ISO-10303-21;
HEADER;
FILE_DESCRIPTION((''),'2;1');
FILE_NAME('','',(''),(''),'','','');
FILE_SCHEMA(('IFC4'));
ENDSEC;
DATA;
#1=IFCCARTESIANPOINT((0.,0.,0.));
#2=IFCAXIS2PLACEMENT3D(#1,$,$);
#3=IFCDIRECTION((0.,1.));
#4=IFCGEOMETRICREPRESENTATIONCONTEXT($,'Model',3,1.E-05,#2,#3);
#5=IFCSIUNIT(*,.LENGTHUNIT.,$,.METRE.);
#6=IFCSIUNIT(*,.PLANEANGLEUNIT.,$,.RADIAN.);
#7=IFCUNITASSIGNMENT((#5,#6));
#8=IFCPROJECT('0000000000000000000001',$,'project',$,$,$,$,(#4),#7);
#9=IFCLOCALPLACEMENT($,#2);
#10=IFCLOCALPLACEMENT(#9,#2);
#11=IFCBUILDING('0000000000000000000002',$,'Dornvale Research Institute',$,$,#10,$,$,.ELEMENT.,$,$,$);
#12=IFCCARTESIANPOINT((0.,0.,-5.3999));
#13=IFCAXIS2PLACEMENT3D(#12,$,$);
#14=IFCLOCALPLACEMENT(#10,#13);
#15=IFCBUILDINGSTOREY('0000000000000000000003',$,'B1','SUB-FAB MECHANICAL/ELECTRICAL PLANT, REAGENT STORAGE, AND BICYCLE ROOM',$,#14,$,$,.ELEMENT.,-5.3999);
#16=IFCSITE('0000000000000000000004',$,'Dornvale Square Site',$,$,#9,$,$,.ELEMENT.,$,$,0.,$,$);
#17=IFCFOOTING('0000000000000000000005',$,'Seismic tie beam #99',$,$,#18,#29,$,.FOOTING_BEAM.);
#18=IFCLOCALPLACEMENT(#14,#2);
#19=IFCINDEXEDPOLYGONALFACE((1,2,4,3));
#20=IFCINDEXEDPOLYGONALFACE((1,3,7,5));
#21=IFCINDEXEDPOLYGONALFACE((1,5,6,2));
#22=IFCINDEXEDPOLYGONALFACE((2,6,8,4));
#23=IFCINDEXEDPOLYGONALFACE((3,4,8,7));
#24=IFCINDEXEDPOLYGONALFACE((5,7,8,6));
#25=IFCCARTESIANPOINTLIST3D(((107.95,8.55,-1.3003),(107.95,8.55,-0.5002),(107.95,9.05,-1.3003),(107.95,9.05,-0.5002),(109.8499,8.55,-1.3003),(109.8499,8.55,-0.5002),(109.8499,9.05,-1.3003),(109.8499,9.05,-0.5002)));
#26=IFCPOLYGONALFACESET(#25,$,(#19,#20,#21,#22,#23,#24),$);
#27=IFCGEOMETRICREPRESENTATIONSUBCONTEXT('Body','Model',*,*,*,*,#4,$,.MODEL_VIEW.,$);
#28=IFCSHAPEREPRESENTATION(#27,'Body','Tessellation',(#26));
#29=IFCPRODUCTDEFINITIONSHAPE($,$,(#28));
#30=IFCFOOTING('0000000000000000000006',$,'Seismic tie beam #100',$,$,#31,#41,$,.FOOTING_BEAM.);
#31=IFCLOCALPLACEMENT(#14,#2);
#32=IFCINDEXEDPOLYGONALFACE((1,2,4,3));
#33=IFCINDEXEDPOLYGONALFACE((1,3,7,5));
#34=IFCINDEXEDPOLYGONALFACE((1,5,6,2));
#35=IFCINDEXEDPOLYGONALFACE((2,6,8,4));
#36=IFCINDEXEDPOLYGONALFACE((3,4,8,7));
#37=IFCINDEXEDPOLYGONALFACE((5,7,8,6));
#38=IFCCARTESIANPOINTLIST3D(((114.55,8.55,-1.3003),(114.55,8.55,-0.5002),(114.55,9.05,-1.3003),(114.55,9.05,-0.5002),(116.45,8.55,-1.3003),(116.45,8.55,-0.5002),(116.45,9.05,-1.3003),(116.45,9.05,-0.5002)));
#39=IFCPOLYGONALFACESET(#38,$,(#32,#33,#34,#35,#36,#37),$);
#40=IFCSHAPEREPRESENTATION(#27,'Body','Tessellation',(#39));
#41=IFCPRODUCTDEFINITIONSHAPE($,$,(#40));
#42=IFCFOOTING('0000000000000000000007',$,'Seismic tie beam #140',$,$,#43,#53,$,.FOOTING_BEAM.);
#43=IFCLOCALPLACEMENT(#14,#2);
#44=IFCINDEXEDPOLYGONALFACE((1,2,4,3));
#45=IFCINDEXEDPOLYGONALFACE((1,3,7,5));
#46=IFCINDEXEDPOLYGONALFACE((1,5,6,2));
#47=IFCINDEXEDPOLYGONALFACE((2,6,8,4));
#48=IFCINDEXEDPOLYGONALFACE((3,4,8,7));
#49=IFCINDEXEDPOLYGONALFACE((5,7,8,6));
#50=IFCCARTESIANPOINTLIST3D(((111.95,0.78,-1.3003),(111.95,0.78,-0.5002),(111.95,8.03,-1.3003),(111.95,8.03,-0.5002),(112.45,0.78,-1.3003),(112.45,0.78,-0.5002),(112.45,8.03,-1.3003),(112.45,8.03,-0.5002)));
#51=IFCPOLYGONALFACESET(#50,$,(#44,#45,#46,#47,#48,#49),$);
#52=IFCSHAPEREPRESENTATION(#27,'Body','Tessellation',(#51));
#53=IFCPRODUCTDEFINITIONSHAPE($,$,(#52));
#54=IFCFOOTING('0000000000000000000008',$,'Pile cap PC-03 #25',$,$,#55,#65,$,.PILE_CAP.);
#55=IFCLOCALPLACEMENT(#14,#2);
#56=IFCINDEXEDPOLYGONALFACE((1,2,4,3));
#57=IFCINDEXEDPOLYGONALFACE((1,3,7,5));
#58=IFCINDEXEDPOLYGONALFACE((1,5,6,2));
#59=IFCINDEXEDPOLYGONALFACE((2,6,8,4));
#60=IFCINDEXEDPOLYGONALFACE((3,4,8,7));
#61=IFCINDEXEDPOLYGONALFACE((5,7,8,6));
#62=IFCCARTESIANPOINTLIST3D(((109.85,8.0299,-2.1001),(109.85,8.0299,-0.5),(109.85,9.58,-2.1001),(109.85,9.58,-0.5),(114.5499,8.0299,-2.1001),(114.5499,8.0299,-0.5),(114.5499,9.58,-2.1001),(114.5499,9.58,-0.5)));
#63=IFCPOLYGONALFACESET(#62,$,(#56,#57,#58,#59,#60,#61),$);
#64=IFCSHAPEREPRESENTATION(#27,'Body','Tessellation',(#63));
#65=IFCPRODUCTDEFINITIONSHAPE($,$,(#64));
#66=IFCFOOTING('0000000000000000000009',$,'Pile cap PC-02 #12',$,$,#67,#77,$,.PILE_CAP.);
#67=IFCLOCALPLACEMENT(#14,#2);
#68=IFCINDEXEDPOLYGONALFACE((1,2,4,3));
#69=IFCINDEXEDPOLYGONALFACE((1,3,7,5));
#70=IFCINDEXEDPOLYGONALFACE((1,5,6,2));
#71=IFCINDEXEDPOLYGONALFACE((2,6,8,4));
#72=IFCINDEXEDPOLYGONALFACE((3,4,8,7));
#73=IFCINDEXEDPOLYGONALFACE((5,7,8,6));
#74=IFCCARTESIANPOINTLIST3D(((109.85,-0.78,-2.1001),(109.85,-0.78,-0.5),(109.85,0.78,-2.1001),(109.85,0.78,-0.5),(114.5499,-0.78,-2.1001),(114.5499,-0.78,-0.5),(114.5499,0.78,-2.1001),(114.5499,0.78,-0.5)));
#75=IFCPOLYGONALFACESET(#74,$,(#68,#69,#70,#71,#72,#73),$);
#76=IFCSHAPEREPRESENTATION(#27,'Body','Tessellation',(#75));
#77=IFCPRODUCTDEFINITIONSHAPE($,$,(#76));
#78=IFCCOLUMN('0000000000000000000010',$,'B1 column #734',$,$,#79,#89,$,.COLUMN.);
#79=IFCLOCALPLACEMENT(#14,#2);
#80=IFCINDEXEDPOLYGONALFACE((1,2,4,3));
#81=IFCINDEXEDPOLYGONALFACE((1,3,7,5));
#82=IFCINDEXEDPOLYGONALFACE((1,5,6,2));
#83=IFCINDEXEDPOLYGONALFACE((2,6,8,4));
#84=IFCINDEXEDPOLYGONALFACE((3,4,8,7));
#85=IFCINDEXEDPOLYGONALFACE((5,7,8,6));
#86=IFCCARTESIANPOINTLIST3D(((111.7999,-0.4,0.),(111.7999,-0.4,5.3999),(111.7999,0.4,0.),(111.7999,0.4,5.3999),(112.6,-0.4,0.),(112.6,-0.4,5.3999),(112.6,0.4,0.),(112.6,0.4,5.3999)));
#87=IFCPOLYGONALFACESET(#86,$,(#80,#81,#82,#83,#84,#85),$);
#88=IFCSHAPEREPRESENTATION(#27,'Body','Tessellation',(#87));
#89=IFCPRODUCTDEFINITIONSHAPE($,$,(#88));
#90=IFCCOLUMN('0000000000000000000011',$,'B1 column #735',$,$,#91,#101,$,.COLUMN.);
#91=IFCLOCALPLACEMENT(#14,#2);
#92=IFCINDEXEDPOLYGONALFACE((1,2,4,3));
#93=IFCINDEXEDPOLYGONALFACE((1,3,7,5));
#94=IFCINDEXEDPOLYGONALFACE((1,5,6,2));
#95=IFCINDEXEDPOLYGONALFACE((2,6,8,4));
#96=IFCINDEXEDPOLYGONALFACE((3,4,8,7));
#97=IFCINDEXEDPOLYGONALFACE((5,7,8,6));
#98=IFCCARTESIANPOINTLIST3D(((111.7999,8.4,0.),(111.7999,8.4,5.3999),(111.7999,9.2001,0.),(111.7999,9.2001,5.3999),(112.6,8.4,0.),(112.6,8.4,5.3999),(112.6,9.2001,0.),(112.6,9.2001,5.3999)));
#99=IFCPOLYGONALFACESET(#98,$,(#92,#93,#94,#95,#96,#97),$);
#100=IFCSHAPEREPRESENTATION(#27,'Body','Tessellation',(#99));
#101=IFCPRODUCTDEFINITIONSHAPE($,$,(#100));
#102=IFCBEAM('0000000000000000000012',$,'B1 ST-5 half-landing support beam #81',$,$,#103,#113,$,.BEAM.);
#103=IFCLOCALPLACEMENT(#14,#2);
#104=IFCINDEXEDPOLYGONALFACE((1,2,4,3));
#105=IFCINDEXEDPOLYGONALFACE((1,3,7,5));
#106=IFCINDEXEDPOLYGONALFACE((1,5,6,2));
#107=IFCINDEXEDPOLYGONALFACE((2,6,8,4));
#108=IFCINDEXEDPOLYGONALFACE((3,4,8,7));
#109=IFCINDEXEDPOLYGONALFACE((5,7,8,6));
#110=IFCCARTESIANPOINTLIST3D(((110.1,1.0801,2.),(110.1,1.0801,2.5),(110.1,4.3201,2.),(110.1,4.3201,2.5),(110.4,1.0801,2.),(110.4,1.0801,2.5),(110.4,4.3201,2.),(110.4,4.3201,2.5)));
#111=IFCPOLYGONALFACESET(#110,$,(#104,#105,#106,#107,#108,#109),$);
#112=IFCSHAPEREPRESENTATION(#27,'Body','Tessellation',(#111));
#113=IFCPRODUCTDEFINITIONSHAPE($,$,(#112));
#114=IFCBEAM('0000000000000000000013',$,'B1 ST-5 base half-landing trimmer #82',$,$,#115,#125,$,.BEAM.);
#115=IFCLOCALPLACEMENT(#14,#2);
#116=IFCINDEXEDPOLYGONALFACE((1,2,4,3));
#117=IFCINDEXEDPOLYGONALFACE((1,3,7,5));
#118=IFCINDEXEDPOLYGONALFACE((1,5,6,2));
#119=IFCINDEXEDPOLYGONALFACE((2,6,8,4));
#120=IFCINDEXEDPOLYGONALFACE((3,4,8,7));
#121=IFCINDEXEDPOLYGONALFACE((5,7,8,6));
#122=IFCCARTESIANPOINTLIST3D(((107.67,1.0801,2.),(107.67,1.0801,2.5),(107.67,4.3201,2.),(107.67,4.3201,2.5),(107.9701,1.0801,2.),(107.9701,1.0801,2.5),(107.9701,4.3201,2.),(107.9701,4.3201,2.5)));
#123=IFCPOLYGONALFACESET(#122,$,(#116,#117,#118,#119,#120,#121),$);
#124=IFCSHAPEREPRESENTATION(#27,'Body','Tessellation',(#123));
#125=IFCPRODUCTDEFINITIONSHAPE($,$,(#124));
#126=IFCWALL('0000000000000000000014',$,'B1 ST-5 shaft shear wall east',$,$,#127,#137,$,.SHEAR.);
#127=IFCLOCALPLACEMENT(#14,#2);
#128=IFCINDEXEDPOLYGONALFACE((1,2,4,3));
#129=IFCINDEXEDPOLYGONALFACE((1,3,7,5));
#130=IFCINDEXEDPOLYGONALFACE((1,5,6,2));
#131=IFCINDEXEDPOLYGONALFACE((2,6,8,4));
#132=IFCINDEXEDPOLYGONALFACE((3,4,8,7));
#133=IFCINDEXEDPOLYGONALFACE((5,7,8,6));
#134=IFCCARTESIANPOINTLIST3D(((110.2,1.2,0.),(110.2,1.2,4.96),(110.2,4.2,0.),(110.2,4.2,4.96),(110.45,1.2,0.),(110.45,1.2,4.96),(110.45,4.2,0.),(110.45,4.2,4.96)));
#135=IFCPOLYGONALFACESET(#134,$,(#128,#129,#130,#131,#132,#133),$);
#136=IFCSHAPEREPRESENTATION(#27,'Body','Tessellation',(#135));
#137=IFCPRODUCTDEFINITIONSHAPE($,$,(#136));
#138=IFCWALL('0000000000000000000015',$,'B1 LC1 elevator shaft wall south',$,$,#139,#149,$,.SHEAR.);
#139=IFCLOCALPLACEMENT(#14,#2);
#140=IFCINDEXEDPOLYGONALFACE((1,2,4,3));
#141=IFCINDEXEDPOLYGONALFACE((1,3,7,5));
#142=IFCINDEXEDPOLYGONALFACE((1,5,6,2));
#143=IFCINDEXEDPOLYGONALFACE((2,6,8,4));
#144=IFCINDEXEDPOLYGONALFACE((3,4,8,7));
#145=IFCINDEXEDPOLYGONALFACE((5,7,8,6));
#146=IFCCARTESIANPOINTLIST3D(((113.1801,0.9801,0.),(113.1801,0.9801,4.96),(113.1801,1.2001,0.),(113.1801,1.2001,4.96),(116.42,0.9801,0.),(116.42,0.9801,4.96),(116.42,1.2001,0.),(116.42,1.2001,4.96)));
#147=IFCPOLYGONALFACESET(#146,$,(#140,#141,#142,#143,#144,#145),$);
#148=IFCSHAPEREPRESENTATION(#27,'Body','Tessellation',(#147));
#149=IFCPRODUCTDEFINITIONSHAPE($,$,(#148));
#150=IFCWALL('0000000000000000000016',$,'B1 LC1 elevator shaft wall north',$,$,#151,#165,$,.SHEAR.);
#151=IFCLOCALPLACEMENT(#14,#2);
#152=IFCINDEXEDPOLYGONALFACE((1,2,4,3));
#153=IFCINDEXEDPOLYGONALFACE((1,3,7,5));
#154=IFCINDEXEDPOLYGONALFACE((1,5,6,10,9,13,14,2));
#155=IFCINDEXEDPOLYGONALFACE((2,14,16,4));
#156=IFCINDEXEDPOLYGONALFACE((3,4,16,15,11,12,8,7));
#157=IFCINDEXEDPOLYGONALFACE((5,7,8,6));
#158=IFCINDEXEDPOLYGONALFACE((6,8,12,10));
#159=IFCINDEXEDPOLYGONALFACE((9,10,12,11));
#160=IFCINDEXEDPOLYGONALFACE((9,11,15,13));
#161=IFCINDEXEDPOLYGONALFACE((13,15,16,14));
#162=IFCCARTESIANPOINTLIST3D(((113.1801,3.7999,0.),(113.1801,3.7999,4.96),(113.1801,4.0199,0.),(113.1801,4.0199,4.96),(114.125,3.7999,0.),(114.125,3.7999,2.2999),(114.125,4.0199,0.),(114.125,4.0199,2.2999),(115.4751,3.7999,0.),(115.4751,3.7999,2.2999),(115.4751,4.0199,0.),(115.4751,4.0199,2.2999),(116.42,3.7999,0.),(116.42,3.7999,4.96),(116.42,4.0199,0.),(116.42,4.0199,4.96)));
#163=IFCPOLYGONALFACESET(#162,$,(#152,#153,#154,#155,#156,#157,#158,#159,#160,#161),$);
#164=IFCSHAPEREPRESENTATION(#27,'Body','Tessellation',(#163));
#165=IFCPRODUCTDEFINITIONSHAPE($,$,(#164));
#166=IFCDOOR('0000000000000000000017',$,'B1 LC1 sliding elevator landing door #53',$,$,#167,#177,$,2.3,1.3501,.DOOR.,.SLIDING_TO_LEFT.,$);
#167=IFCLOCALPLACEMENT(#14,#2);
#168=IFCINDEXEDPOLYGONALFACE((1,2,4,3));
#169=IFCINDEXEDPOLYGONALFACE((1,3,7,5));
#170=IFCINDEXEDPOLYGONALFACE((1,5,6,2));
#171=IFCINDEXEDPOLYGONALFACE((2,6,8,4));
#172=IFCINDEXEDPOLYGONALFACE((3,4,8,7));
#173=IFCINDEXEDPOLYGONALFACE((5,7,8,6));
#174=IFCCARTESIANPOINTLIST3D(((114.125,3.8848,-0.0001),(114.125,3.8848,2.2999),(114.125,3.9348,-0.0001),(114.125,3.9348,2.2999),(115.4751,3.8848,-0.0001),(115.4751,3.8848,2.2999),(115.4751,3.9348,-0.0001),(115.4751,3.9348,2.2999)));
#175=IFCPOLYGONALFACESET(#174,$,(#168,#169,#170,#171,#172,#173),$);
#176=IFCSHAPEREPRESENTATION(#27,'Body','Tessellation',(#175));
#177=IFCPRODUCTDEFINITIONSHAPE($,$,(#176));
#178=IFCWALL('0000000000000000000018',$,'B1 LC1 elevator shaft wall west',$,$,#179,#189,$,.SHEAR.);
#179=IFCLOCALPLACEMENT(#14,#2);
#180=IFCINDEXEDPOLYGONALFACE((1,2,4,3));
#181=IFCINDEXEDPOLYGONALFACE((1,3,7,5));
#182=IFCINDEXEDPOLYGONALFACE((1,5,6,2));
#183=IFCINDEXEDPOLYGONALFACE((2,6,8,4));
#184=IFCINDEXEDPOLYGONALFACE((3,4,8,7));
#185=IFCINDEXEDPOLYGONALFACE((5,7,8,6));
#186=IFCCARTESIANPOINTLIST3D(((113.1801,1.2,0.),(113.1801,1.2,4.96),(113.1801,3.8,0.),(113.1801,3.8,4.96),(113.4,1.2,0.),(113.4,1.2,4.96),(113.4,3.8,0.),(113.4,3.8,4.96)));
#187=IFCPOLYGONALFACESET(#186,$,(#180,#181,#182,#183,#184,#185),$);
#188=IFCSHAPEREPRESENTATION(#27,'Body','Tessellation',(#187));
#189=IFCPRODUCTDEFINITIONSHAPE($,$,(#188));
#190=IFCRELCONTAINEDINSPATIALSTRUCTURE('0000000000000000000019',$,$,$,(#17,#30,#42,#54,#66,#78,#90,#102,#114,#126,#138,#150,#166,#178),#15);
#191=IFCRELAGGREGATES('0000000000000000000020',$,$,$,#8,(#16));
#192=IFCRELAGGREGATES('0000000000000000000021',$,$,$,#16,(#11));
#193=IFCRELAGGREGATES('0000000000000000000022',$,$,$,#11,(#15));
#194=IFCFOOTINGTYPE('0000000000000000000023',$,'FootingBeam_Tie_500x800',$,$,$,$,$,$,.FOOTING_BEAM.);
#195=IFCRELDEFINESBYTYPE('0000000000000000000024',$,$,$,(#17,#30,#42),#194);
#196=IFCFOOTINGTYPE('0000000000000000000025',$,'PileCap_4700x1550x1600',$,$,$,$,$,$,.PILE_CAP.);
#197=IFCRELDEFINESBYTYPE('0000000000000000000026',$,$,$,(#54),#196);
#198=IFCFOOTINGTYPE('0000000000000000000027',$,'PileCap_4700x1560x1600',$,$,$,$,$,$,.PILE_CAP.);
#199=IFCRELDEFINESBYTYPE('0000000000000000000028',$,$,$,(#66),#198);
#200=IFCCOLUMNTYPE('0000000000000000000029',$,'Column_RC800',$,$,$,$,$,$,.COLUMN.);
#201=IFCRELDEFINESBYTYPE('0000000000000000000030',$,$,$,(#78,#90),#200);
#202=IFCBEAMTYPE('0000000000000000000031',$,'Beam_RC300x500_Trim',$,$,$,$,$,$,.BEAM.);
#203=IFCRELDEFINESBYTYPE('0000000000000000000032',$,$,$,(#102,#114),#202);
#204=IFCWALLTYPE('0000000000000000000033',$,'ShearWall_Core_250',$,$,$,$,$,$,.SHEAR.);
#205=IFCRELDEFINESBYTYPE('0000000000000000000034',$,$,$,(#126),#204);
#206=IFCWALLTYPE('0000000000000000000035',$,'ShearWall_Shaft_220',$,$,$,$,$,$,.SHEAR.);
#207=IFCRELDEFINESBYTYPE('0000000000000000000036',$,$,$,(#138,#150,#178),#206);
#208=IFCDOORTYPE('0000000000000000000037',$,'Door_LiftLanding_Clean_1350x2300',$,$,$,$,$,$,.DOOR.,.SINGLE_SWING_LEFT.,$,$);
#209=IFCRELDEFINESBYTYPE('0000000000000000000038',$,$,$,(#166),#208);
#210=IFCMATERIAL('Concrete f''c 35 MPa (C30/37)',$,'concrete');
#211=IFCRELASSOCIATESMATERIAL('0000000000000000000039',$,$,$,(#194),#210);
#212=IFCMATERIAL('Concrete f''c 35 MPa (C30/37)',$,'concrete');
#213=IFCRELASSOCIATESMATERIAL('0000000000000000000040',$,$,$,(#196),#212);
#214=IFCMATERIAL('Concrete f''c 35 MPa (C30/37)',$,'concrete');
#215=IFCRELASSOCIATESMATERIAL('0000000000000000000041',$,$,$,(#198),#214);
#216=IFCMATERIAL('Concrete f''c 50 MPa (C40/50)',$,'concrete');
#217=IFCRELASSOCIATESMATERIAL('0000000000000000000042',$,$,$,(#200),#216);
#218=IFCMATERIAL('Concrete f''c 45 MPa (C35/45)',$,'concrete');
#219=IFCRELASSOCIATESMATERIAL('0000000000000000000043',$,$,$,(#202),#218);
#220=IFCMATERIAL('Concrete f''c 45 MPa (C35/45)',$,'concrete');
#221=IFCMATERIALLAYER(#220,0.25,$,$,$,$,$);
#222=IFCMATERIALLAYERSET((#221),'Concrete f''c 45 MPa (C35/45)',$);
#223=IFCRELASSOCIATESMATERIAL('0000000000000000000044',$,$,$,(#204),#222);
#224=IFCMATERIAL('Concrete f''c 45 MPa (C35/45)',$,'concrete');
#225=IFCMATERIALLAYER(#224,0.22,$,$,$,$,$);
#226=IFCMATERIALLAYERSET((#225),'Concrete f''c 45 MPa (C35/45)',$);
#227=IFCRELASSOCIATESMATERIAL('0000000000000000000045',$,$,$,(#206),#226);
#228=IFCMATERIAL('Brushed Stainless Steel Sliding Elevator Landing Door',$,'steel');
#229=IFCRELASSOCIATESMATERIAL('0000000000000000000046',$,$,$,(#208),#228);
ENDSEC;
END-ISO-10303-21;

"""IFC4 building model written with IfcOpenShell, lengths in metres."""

from ifc_helpers import new_model, si_unit, direction, frame, frame_2d, origin, origin_2d, place, context, subcontext, project, spatial, rectangle, extrude, material, layer, layer_set, material_profile, profile_set, type_object, element, fill, save


model = new_model("IFC4")

# Units and contexts
model_context = context("Model", 3, precision=1e-05, world=origin(), true_north=direction((0.0, 1.0)))
body_context = subcontext(model_context, "Body", "Model", "MODEL_VIEW")
ifc_project = project(units=[si_unit("LENGTHUNIT", "METRE"), si_unit("PLANEANGLEUNIT", "RADIAN")], contexts=[model_context])

# Site, building, storey
site_placement = place(None, origin())
site = spatial("IfcSite", under=ifc_project, at=site_placement, Name="Dornvale Square Site", CompositionType="ELEMENT", RefElevation=0.0)
building_placement = place(site_placement, origin())
building = spatial("IfcBuilding", under=site, at=building_placement, Name="Dornvale Research Institute", CompositionType="ELEMENT")
storey_placement = place(building_placement, frame((0.0, 0.0, -5.3999)))
storey = spatial("IfcBuildingStorey", under=building, at=storey_placement, Name="B1", Description="SUB-FAB MECHANICAL/ELECTRICAL PLANT, REAGENT STORAGE, AND BICYCLE ROOM", CompositionType="ELEMENT", Elevation=-5.3999)

# Footings
ifc_material_1 = material(Name="Concrete f'c 35 MPa (C30/37)", Category="concrete")
footing_type_1 = type_object("IfcFootingType", Name="FootingBeam_Tie_500x800", PredefinedType="FOOTING_BEAM", material=ifc_material_1)
for number, where, z_axis, x_axis, name in (
    (1, (108.8999, 8.8, -1.3003), (0.0, 0.0, 1.0), (1.0, 0.0, 0.0), "Seismic tie beam #99"),
    (2, (115.5, 8.8, -1.3003), (0.0, 0.0, 1.0), (1.0, 0.0, 0.0), "Seismic tie beam #100"),
):
    element("IfcFooting", number, at=place(storey_placement, frame(where, z_axis=z_axis, x_axis=x_axis)), inside=storey, type_object=footing_type_1, Name=name, PredefinedType="FOOTING_BEAM", context=body_context, shape_type="SweptSolid", body=[
        extrude(rectangle(XDim=1.8999, YDim=0.5, at=origin_2d()), origin(), (0.0, 0.0, 1.0), 0.8),
    ])
footing_1_placement = place(storey_placement, frame((112.2, 4.405, -1.3003), z_axis=(0.0, 0.0, 1.0), x_axis=(0.0, 1.0, 0.0)))
element("IfcFooting", 3, at=footing_1_placement, inside=storey, type_object=footing_type_1, Name="Seismic tie beam #140", PredefinedType="FOOTING_BEAM", context=body_context, shape_type="SweptSolid", body=[
    extrude(rectangle(XDim=7.25, YDim=0.5, at=origin_2d()), origin(), (0.0, 0.0, 1.0), 0.8),
])
ifc_material_2 = material(Name="Concrete f'c 35 MPa (C30/37)", Category="concrete")
footing_type_2 = type_object("IfcFootingType", Name="PileCap_4700x1550x1600", PredefinedType="PILE_CAP", material=ifc_material_2)
footing_2_placement = place(storey_placement, frame((112.2, 8.8049, -2.1001), z_axis=(0.0, 0.0, 1.0), x_axis=(1.0, 0.0, 0.0)))
element("IfcFooting", 4, at=footing_2_placement, inside=storey, type_object=footing_type_2, Name="Pile cap PC-03 #25", PredefinedType="PILE_CAP", context=body_context, shape_type="SweptSolid", body=[
    extrude(rectangle(XDim=4.7, YDim=1.55, at=origin_2d()), origin(), (0.0, 0.0, 1.0), 1.6001),
])
ifc_material_3 = material(Name="Concrete f'c 35 MPa (C30/37)", Category="concrete")
footing_type_3 = type_object("IfcFootingType", Name="PileCap_4700x1560x1600", PredefinedType="PILE_CAP", material=ifc_material_3)
footing_3_placement = place(storey_placement, frame((112.2, 0.0, -2.1001), z_axis=(0.0, 0.0, 1.0), x_axis=(1.0, 0.0, 0.0)))
element("IfcFooting", 5, at=footing_3_placement, inside=storey, type_object=footing_type_3, Name="Pile cap PC-02 #12", PredefinedType="PILE_CAP", context=body_context, shape_type="SweptSolid", body=[
    extrude(rectangle(XDim=4.7, YDim=1.5601, at=origin_2d()), origin(), (0.0, 0.0, 1.0), 1.6001),
])

# Columns
ifc_material_4 = material(Name="Concrete f'c 50 MPa (C40/50)", Category="concrete")
ifc_material_profile_1 = material_profile(ifc_material_4, rectangle(XDim=0.8, YDim=0.8, at=origin_2d()), Name="RC 800x800")
ifc_profile_set_1 = profile_set([ifc_material_profile_1], Name="Concrete f'c 50 MPa (C40/50)")
column_type = type_object("IfcColumnType", Name="Column_RC800", PredefinedType="COLUMN", material=ifc_profile_set_1)
for number, where, z_axis, x_axis, name in (
    (6, (112.2, 0.0, 0.0), (0.0, 0.0, 1.0), (1.0, 0.0, 0.0), "B1 column #734"),
    (7, (112.2, 8.8, 0.0), (0.0, 0.0, 1.0), (1.0, 0.0, 0.0), "B1 column #735"),
):
    element("IfcColumn", number, at=place(storey_placement, frame(where, z_axis=z_axis, x_axis=x_axis)), inside=storey, type_object=column_type, Name=name, PredefinedType="COLUMN", context=body_context, shape_type="SweptSolid", body=[
        extrude(rectangle(XDim=0.8, YDim=0.8, at=origin_2d()), origin(), (0.0, 0.0, 1.0), 5.3999),
    ])

# Beams
ifc_material_5 = material(Name="Concrete f'c 45 MPa (C35/45)", Category="concrete")
ifc_material_profile_2 = material_profile(ifc_material_5, rectangle(XDim=0.3, YDim=0.5, at=origin_2d()), Name="RC 300x500")
ifc_profile_set_2 = profile_set([ifc_material_profile_2], Name="Concrete f'c 45 MPa (C35/45)")
beam_type = type_object("IfcBeamType", Name="Beam_RC300x500_Trim", PredefinedType="BEAM", material=ifc_profile_set_2)
for number, where, z_axis, x_axis, name in (
    (8, (110.25, 1.0801, 2.25), (0.0, 1.0, 0.0), (-1.0, 0.0, 0.0), "B1 ST-5 half-landing support beam #81"),
    (9, (107.8201, 1.0801, 2.25), (0.0, 1.0, 0.0), (-1.0, 0.0, 0.0), "B1 ST-5 base half-landing trimmer #82"),
):
    element("IfcBeam", number, at=place(storey_placement, frame(where, z_axis=z_axis, x_axis=x_axis)), inside=storey, type_object=beam_type, Name=name, PredefinedType="BEAM", context=body_context, shape_type="SweptSolid", body=[
        extrude(rectangle(XDim=0.3, YDim=0.5, at=origin_2d()), origin(), (0.0, 0.0, 1.0), 3.24),
    ])

# Walls
ifc_material_6 = material(Name="Concrete f'c 45 MPa (C35/45)", Category="concrete")
ifc_layer_1 = layer(ifc_material_6, 0.25)
ifc_layer_set_1 = layer_set([ifc_layer_1], Name="Concrete f'c 45 MPa (C35/45)")
wall_type_1 = type_object("IfcWallType", Name="ShearWall_Core_250", PredefinedType="SHEAR", material=ifc_layer_set_1)
wall_1_placement = place(storey_placement, frame((110.325, 1.2, 0.0), z_axis=(0.0, 0.0, 1.0), x_axis=(0.0, 1.0, 0.0)))
element("IfcWall", 10, at=wall_1_placement, inside=storey, type_object=wall_type_1, Name="B1 ST-5 shaft shear wall east", PredefinedType="SHEAR", context=body_context, shape_type="SweptSolid", body=[
    extrude(rectangle(XDim=3.0, YDim=0.25, at=frame_2d((1.5, 0.0))), origin(), (0.0, 0.0, 1.0), 4.96),
])
ifc_material_7 = material(Name="Concrete f'c 45 MPa (C35/45)", Category="concrete")
ifc_layer_2 = layer(ifc_material_7, 0.22)
ifc_layer_set_2 = layer_set([ifc_layer_2], Name="Concrete f'c 45 MPa (C35/45)")
wall_type_2 = type_object("IfcWallType", Name="ShearWall_Shaft_220", PredefinedType="SHEAR", material=ifc_layer_set_2)
wall_2_placement = place(storey_placement, frame((113.1799, 1.0901, 0.0), z_axis=(0.0, 0.0, 1.0), x_axis=(1.0, 0.0, 0.0)))
element("IfcWall", 11, at=wall_2_placement, inside=storey, type_object=wall_type_2, Name="B1 LC1 elevator shaft wall south", PredefinedType="SHEAR", context=body_context, shape_type="SweptSolid", body=[
    extrude(rectangle(XDim=3.24, YDim=0.22, at=frame_2d((1.6201, 0.0))), origin(), (0.0, 0.0, 1.0), 4.96),
])

# Wall, opening, door
wall_3_placement = place(storey_placement, frame((113.1799, 3.9099, 0.0), z_axis=(0.0, 0.0, 1.0), x_axis=(1.0, 0.0, 0.0)))
wall_3 = element("IfcWall", 12, at=wall_3_placement, inside=storey, type_object=wall_type_2, Name="B1 LC1 elevator shaft wall north", PredefinedType="SHEAR", context=body_context, shape_type="SweptSolid", body=[
    extrude(rectangle(XDim=3.24, YDim=0.22, at=frame_2d((1.6201, 0.0))), origin(), (0.0, 0.0, 1.0), 4.96),
])
opening_placement = place(wall_3_placement, frame((0.9451, 0.0, 0.0)))
opening = element("IfcOpeningElement", 13, at=opening_placement, cuts=wall_3, PredefinedType="OPENING", context=body_context, shape_type="SweptSolid", body=[
    extrude(rectangle(XDim=1.3501, YDim=2.3, at=frame_2d((0.675, 1.1499))), frame((0.0, 0.125, 0.0), z_axis=(0.0, -1.0, 0.0), x_axis=(1.0, 0.0, 0.0)), (0.0, 0.0, 1.0), 0.25),
])
ifc_material_8 = material(Name="Brushed Stainless Steel Sliding Elevator Landing Door", Category="steel")
door_type = type_object("IfcDoorType", Name="Door_LiftLanding_Clean_1350x2300", OperationType="SINGLE_SWING_LEFT", PredefinedType="DOOR", material=ifc_material_8)
door_placement = place(opening_placement, origin())
door = element("IfcDoor", 14, at=door_placement, inside=storey, type_object=door_type, Name="B1 LC1 sliding elevator landing door #53", OperationType="SLIDING_TO_LEFT", OverallHeight=2.3, OverallWidth=1.3501, PredefinedType="DOOR", context=body_context, shape_type="SweptSolid", body=[
    extrude(rectangle(XDim=1.3501, YDim=2.3, at=frame_2d((0.675, 1.1499))), frame((0.0, 0.0249, 0.0), z_axis=(0.0, -1.0, 0.0), x_axis=(1.0, 0.0, 0.0)), (0.0, 0.0, 1.0), 0.05),
])
fill(opening, door)

# Wall
for number, where, z_axis, x_axis, name in (
    (15, (113.29, 1.2, 0.0), (0.0, 0.0, 1.0), (0.0, 1.0, 0.0), "B1 LC1 elevator shaft wall west"),
):
    element("IfcWall", number, at=place(storey_placement, frame(where, z_axis=z_axis, x_axis=x_axis)), inside=storey, type_object=wall_type_2, Name=name, PredefinedType="SHEAR", context=body_context, shape_type="SweptSolid", body=[
        extrude(rectangle(XDim=2.6001, YDim=0.22, at=frame_2d((1.3, 0.0))), origin(), (0.0, 0.0, 1.0), 4.96),
    ])

save(model, "model.ifc")
